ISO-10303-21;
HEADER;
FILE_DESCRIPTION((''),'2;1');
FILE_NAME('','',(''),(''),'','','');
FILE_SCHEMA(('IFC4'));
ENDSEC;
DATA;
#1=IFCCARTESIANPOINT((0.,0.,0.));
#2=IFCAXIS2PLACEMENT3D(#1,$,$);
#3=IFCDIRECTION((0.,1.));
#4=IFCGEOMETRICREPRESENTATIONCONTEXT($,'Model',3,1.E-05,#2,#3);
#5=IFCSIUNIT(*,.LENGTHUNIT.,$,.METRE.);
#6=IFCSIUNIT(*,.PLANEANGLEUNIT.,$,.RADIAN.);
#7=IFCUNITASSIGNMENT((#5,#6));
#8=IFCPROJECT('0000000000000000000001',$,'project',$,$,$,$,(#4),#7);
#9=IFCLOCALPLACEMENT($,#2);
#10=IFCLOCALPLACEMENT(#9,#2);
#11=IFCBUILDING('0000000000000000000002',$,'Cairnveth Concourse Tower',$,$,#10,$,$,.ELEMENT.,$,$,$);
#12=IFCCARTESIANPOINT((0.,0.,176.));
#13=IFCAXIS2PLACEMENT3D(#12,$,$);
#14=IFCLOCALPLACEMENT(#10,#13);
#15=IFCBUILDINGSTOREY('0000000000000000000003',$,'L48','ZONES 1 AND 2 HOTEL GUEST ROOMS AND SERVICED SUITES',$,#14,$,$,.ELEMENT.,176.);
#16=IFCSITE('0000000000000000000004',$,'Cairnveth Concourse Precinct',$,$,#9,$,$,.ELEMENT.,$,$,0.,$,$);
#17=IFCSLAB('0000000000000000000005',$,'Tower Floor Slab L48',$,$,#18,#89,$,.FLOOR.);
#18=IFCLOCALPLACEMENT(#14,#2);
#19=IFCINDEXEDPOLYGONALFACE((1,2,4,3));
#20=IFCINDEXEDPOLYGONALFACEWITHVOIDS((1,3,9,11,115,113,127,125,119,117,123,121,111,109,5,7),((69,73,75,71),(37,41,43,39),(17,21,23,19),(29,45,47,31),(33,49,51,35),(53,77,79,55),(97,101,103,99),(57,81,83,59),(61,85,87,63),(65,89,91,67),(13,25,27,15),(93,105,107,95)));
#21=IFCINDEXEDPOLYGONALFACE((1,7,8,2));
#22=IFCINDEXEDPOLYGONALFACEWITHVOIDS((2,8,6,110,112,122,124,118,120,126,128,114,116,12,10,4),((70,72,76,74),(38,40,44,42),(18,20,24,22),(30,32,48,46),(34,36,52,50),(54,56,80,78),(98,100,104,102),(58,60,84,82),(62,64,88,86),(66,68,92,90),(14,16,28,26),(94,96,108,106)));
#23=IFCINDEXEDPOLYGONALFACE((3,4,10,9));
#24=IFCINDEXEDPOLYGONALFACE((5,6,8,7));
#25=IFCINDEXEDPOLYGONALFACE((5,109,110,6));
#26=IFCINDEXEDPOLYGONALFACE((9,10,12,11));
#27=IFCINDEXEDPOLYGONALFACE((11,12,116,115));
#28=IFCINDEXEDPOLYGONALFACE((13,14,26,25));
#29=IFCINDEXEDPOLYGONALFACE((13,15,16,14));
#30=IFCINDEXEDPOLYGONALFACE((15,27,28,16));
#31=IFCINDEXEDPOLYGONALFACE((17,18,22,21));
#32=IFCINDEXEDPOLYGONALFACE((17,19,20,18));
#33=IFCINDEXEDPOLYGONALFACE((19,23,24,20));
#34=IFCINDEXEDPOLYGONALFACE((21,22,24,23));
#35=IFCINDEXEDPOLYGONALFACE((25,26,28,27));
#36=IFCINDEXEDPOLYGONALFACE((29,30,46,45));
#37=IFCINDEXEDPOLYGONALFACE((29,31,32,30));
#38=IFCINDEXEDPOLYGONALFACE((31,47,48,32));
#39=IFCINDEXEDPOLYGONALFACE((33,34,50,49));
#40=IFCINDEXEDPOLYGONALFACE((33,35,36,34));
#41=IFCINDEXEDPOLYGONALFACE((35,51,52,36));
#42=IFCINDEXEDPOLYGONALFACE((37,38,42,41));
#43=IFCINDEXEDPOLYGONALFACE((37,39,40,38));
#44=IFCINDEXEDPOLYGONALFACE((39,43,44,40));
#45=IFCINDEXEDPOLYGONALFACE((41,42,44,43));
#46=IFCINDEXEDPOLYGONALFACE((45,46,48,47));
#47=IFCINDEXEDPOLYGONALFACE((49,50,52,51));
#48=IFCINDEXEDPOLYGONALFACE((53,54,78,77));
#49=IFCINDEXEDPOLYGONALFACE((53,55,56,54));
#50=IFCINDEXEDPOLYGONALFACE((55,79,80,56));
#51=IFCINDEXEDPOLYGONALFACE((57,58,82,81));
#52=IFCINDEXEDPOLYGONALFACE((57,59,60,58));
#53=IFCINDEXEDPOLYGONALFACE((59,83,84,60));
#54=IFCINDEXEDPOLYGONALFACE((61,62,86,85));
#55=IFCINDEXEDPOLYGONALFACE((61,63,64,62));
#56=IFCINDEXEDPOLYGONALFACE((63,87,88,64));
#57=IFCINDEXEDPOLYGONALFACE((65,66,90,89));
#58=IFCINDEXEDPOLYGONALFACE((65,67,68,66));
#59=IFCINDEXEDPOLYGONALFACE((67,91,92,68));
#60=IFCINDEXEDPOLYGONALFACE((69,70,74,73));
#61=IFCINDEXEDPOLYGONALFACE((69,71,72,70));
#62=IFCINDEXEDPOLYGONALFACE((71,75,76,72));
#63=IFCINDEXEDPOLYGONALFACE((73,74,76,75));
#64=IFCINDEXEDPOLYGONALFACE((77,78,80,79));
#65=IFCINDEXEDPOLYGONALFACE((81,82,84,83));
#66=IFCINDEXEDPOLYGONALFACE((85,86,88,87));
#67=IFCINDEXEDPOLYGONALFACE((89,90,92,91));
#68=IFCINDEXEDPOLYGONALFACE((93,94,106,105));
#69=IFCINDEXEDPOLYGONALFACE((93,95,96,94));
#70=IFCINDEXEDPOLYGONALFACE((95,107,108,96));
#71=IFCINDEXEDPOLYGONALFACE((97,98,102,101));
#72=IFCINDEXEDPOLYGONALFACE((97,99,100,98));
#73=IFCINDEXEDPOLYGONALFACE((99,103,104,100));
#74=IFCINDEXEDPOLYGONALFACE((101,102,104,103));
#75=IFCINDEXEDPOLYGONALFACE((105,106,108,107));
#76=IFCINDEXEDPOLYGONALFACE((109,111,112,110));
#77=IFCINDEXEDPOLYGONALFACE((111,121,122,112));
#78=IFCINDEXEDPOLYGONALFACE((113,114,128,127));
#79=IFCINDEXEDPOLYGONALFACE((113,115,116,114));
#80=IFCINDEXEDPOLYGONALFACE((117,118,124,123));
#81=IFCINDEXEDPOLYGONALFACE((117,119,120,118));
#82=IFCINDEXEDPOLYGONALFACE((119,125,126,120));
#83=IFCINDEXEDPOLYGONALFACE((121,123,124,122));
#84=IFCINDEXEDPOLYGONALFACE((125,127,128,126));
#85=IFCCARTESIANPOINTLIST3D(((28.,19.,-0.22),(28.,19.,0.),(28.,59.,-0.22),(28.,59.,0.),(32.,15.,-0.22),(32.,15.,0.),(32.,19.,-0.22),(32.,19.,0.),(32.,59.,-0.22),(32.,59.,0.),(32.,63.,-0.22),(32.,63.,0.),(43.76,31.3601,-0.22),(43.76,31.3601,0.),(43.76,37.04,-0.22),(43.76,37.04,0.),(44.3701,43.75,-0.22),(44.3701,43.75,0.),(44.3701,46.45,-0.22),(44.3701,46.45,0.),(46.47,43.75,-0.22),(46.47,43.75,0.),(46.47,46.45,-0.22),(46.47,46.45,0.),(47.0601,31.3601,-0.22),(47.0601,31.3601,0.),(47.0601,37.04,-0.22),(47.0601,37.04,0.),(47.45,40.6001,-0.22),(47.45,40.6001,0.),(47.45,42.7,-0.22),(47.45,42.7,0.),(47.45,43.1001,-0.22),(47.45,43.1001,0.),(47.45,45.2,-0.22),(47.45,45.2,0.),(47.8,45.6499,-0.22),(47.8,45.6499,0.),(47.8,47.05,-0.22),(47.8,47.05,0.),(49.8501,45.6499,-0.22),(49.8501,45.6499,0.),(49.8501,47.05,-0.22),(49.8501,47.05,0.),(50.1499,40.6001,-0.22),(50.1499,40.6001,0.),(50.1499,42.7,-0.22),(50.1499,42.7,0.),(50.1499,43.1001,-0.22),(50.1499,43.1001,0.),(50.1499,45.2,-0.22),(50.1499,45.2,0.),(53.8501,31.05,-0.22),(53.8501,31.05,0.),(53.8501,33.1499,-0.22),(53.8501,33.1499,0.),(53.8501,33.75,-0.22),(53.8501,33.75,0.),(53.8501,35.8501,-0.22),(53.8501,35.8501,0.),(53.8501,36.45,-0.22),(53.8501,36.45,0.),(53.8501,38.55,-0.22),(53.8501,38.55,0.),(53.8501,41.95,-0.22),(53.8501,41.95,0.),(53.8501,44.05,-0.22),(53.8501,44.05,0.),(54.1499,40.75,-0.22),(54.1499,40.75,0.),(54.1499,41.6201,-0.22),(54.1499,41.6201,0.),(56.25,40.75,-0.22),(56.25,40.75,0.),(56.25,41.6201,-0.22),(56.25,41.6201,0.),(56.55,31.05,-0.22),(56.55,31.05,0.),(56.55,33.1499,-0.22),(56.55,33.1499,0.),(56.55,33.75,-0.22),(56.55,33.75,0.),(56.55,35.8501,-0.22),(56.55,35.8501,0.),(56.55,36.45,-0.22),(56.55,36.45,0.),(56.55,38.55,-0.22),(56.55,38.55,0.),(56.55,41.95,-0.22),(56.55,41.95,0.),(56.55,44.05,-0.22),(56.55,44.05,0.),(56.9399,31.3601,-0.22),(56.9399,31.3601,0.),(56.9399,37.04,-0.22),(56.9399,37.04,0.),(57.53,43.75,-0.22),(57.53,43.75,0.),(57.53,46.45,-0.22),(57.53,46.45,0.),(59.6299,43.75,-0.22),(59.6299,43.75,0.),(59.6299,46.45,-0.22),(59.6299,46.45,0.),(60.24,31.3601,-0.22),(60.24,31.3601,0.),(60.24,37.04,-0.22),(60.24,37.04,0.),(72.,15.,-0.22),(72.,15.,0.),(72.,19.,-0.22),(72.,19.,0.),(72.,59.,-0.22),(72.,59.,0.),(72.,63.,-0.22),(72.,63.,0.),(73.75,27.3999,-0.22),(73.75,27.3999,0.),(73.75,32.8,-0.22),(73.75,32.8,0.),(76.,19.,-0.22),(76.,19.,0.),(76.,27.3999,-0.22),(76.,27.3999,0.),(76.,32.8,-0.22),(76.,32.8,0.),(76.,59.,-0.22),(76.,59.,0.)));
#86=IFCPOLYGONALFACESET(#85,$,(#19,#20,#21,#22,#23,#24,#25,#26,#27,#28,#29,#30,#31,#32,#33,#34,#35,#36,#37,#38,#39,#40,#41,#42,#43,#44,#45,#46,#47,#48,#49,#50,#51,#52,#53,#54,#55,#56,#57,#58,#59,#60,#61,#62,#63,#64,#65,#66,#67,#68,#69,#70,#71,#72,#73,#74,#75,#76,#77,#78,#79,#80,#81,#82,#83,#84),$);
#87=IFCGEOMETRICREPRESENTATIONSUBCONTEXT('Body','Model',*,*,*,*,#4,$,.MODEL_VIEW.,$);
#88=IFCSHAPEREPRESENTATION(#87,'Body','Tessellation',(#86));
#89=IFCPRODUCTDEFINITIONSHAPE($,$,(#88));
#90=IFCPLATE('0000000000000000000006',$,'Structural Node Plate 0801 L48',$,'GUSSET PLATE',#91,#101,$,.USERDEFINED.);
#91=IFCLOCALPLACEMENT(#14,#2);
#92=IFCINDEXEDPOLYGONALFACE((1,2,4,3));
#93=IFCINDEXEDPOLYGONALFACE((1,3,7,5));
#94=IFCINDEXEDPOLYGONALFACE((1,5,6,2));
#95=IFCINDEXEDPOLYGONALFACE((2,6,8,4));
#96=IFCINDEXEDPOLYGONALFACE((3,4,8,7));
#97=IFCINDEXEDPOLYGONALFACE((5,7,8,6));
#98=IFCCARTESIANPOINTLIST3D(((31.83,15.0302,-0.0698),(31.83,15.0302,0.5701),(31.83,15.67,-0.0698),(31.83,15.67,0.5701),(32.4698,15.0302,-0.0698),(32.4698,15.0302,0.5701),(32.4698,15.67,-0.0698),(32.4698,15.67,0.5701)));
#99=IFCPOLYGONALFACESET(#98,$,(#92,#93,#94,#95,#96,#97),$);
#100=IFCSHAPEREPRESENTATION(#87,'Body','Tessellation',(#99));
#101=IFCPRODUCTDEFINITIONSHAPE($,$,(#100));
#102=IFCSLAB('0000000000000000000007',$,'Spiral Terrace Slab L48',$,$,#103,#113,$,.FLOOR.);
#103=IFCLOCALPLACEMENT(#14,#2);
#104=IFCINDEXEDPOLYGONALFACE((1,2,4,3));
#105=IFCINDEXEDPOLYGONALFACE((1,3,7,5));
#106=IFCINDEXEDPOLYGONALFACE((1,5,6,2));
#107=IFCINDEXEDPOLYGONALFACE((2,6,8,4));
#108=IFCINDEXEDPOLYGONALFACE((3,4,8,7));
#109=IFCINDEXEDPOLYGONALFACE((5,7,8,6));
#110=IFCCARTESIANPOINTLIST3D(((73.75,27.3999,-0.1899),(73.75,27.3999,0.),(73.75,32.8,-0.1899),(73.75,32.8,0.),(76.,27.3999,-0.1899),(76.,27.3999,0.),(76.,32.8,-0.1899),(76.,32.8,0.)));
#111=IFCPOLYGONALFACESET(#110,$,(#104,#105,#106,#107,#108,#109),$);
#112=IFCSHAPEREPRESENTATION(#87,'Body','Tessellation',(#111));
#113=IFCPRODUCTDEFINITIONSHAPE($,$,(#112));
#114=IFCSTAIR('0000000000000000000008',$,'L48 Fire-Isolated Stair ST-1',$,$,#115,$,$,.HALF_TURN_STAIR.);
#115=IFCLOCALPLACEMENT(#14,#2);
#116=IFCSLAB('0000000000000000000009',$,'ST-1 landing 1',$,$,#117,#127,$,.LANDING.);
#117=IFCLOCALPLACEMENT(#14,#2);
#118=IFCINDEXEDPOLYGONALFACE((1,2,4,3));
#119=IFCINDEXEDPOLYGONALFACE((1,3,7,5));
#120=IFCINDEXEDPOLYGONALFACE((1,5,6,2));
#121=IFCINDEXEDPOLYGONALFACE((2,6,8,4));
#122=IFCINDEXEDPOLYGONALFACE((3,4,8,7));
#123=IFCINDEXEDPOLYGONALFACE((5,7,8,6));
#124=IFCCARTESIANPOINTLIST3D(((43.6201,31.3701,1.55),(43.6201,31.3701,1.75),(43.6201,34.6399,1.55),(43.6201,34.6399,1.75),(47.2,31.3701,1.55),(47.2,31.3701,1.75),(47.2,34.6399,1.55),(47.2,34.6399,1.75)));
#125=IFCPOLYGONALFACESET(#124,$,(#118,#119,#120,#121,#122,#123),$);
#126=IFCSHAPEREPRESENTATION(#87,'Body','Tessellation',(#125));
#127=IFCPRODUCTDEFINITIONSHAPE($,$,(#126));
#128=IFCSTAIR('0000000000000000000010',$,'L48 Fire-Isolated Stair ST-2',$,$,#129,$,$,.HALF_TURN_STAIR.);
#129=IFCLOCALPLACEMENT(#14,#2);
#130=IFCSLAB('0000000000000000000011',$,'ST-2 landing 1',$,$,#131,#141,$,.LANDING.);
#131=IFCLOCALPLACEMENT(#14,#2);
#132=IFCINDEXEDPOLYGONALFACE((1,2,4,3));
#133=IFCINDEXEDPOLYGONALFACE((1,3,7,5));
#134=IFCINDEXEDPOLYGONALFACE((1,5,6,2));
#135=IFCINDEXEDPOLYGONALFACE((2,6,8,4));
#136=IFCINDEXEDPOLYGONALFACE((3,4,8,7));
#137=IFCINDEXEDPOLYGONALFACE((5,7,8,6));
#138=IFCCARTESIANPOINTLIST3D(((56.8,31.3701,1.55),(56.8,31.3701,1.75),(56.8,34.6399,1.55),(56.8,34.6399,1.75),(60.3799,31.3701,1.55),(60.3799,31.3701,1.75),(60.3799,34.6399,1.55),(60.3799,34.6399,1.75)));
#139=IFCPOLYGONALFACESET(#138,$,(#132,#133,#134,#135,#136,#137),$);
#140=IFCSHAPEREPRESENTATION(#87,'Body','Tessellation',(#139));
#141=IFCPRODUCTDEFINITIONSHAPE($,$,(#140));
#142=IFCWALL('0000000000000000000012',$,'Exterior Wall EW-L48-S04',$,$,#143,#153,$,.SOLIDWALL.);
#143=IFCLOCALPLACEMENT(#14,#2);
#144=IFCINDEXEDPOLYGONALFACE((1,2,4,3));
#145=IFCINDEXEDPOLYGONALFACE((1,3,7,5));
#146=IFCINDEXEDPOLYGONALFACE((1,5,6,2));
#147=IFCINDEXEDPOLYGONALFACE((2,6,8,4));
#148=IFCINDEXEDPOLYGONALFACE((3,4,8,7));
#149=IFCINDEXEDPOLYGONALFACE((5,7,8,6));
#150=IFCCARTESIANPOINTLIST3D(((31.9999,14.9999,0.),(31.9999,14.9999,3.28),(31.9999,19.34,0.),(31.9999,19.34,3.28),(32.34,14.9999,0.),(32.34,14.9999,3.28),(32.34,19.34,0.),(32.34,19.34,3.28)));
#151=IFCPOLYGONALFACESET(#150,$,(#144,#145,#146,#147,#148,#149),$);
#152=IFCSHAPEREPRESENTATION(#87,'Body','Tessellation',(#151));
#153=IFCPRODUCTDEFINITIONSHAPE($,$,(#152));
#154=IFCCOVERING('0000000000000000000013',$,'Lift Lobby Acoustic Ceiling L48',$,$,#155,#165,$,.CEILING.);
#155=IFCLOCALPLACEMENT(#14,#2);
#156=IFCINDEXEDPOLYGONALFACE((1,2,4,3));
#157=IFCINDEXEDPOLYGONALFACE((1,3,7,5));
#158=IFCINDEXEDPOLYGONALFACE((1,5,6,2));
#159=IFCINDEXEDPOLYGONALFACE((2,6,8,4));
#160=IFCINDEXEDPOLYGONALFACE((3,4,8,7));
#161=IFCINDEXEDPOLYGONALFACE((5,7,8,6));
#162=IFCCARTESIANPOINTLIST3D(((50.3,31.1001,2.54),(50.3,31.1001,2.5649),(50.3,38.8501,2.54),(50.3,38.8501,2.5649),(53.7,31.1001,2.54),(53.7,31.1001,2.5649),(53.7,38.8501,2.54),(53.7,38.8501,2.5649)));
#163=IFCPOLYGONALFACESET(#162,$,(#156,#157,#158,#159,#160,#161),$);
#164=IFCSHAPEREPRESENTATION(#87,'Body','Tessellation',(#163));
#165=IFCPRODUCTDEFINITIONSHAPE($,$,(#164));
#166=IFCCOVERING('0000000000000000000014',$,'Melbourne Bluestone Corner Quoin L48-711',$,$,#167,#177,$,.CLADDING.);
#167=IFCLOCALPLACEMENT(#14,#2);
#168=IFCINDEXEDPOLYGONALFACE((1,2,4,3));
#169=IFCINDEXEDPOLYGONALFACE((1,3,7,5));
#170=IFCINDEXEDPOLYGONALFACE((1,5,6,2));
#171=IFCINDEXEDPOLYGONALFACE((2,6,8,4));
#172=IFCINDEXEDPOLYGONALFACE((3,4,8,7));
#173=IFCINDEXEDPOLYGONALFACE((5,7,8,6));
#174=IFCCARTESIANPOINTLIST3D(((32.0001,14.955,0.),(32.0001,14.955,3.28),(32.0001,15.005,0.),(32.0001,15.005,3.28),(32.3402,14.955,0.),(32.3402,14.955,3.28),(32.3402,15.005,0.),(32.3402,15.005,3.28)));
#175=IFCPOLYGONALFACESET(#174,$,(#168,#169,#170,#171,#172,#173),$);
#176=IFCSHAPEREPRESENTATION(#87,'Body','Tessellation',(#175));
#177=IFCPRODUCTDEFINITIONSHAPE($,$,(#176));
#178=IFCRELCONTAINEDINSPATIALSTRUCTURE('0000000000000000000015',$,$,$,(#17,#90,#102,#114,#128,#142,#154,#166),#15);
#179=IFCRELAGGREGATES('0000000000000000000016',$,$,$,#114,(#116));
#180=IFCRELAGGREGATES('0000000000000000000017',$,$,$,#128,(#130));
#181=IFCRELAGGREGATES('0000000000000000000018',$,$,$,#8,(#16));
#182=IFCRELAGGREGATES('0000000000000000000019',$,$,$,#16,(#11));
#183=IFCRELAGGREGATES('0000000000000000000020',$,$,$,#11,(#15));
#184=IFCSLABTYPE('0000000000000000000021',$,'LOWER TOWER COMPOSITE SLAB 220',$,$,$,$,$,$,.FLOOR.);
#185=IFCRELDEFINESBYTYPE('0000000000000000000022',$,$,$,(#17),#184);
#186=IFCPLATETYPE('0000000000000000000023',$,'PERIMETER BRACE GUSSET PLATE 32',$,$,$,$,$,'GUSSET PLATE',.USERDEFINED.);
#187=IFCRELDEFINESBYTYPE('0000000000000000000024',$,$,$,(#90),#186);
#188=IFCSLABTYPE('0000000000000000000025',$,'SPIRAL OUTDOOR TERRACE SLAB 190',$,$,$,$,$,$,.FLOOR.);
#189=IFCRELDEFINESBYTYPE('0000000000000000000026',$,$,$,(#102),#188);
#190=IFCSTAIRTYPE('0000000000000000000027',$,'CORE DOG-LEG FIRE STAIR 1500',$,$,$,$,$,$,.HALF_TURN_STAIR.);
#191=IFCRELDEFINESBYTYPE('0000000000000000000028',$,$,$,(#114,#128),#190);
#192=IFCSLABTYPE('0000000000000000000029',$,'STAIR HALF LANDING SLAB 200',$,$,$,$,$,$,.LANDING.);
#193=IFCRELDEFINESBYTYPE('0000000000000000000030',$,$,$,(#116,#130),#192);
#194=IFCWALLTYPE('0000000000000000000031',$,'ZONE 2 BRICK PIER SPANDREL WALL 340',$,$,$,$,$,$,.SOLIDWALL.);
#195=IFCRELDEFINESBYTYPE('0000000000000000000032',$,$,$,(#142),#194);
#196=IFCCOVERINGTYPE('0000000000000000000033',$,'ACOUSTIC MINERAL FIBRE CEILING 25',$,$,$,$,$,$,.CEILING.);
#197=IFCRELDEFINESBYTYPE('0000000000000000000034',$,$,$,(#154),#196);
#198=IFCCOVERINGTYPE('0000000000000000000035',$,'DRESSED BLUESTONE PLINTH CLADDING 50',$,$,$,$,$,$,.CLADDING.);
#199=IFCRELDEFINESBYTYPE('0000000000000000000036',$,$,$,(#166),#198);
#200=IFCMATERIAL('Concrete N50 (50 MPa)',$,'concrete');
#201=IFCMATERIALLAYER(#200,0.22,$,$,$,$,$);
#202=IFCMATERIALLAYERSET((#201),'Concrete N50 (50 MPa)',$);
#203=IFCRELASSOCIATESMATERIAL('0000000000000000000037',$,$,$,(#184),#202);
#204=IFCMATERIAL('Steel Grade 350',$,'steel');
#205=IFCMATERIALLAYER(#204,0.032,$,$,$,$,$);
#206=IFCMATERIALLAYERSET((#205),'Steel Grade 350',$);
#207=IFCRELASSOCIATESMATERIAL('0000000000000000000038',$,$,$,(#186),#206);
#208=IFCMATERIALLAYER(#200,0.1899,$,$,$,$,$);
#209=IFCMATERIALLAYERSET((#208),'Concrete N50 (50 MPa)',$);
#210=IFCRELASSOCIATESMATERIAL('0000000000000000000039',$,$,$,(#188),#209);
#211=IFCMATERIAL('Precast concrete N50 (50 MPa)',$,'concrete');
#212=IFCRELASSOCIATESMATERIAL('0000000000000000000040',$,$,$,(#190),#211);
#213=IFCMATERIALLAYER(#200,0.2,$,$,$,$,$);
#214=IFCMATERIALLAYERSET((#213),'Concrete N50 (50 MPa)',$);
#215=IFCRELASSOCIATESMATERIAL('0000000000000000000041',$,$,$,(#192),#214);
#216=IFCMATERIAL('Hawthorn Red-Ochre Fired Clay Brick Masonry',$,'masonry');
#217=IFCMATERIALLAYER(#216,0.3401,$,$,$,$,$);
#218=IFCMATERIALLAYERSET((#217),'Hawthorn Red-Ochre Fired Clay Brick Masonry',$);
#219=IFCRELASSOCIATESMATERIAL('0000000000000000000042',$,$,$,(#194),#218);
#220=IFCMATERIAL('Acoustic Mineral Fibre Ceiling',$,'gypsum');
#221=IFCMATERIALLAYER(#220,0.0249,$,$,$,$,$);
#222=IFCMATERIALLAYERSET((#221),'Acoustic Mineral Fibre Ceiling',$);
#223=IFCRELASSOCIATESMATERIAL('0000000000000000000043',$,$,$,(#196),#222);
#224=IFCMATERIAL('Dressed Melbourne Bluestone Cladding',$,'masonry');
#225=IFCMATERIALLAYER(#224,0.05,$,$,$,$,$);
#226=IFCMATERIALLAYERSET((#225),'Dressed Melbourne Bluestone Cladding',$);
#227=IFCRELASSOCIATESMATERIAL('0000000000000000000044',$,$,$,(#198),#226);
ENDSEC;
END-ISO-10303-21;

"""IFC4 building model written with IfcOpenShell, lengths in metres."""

from ifc_helpers import new_model, si_unit, direction, frame, frame_2d, origin, origin_2d, place, context, subcontext, project, spatial, polyline, rectangle, outline, extrude, material, layer, layer_set, type_object, element, aggregate, save


model = new_model("IFC4")

# Units and contexts
model_context = context("Model", 3, precision=1e-05, world=origin(), true_north=direction((0.0, 1.0)))
body_context = subcontext(model_context, "Body", "Model", "MODEL_VIEW")
ifc_project = project(units=[si_unit("LENGTHUNIT", "METRE"), si_unit("PLANEANGLEUNIT", "RADIAN")], contexts=[model_context])

# Site, building, storey
site_placement = place(None, origin())
site = spatial("IfcSite", under=ifc_project, at=site_placement, Name="Cairnveth Concourse Precinct", CompositionType="ELEMENT", RefElevation=0.0)
building_placement = place(site_placement, origin())
building = spatial("IfcBuilding", under=site, at=building_placement, Name="Cairnveth Concourse Tower", CompositionType="ELEMENT")
storey_placement = place(building_placement, frame((0.0, 0.0, 176.0)))
storey = spatial("IfcBuildingStorey", under=building, at=storey_placement, Name="L48", Description="ZONES 1 AND 2 HOTEL GUEST ROOMS AND SERVICED SUITES", CompositionType="ELEMENT", Elevation=176.0)

# Shared definitions
ifc_material_1 = material(Name="Steel Grade 350", Category="steel")

# Slab
ifc_material_2 = material(Name="Concrete N50 (50 MPa)", Category="concrete")
ifc_layer_1 = layer(ifc_material_2, 0.22)
ifc_layer_set_1 = layer_set([ifc_layer_1], Name="Concrete N50 (50 MPa)")
slab_type_1 = type_object("IfcSlabType", Name="LOWER TOWER COMPOSITE SLAB 220", PredefinedType="FLOOR", material=ifc_layer_set_1)
slab_1_placement = place(storey_placement, frame((0.0, 0.0, -0.22)))
element("IfcSlab", 1, at=slab_1_placement, inside=storey, type_object=slab_type_1, Name="Tower Floor Slab L48", PredefinedType="FLOOR", context=body_context, shape_type="SweptSolid", body=[
    extrude(outline(polyline([(76.0, 27.3999), (73.75, 27.3999), (73.75, 32.8), (76.0, 32.8), (76.0, 59.0), (72.0, 59.0), (72.0, 63.0), (32.0, 63.0), (32.0, 59.0), (28.0, 59.0), (28.0, 19.0), (32.0, 19.0), (32.0, 15.0), (72.0, 15.0), (72.0, 19.0), (76.0, 19.0), (76.0, 27.3999)]), holes=[polyline([(43.76, 31.3601), (47.0601, 31.3601), (47.0601, 37.04), (43.76, 37.04), (43.76, 31.3601)]), polyline([(56.9399, 31.3601), (60.24, 31.3601), (60.24, 37.04), (56.9399, 37.04), (56.9399, 31.3601)]), polyline([(44.3701, 43.75), (46.47, 43.75), (46.47, 46.45), (44.3701, 46.45), (44.3701, 43.75)]), polyline([(57.53, 43.75), (59.6299, 43.75), (59.6299, 46.45), (57.53, 46.45), (57.53, 43.75)]), polyline([(53.8501, 31.05), (56.55, 31.05), (56.55, 33.1499), (53.8501, 33.1499), (53.8501, 31.05)]), polyline([(53.8501, 33.75), (56.55, 33.75), (56.55, 35.8501), (53.8501, 35.8501), (53.8501, 33.75)]), polyline([(53.8501, 36.45), (56.55, 36.45), (56.55, 38.55), (53.8501, 38.55), (53.8501, 36.45)]), polyline([(47.45, 40.6001), (50.1499, 40.6001), (50.1499, 42.7), (47.45, 42.7), (47.45, 40.6001)]), polyline([(47.45, 43.1001), (50.1499, 43.1001), (50.1499, 45.2), (47.45, 45.2), (47.45, 43.1001)]), polyline([(53.8501, 41.95), (56.55, 41.95), (56.55, 44.05), (53.8501, 44.05), (53.8501, 41.95)]), polyline([(47.8, 45.6499), (49.8501, 45.6499), (49.8501, 47.05), (47.8, 47.05), (47.8, 45.6499)]), polyline([(54.1499, 40.75), (56.25, 40.75), (56.25, 41.6201), (54.1499, 41.6201), (54.1499, 40.75)])]), origin(), (0.0, 0.0, 1.0), 0.22),
])

# Plate
ifc_layer_2 = layer(ifc_material_1, 0.032)
ifc_layer_set_2 = layer_set([ifc_layer_2], Name="Steel Grade 350")
plate_type = type_object("IfcPlateType", Name="PERIMETER BRACE GUSSET PLATE 32", ElementType="GUSSET PLATE", PredefinedType="USERDEFINED", material=ifc_layer_set_2)
plate_placement = place(storey_placement, frame((32.1499, 15.3501, -0.0698), z_axis=(0.0, 0.0, 1.0), x_axis=(1.0, 0.0, 0.0)))
element("IfcPlate", 2, at=plate_placement, inside=storey, type_object=plate_type, Name="Structural Node Plate 0801 L48", ObjectType="GUSSET PLATE", PredefinedType="USERDEFINED", context=body_context, shape_type="SweptSolid", body=[
    extrude(rectangle(XDim=0.6399, YDim=0.6399, at=origin_2d()), origin(), (0.0, 0.0, 1.0), 0.6399),
])

# Slab
ifc_layer_3 = layer(ifc_material_2, 0.1899)
ifc_layer_set_3 = layer_set([ifc_layer_3], Name="Concrete N50 (50 MPa)")
slab_type_2 = type_object("IfcSlabType", Name="SPIRAL OUTDOOR TERRACE SLAB 190", PredefinedType="FLOOR", material=ifc_layer_set_3)
slab_2_placement = place(storey_placement, frame((0.0, 0.0, -0.1899)))
element("IfcSlab", 3, at=slab_2_placement, inside=storey, type_object=slab_type_2, Name="Spiral Terrace Slab L48", PredefinedType="FLOOR", context=body_context, shape_type="SweptSolid", body=[
    extrude(outline(polyline([(73.75, 27.3999), (76.0, 27.3999), (76.0, 32.8), (73.75, 32.8), (73.75, 27.3999)])), origin(), (0.0, 0.0, 1.0), 0.1899),
])

# Stairs, slabs
ifc_material_3 = material(Name="Precast concrete N50 (50 MPa)", Category="concrete")
stair_type = type_object("IfcStairType", Name="CORE DOG-LEG FIRE STAIR 1500", PredefinedType="HALF_TURN_STAIR", material=ifc_material_3)
stair_1_placement = place(storey_placement, origin())
stair_1 = element("IfcStair", 4, at=stair_1_placement, inside=storey, type_object=stair_type, Name="L48 Fire-Isolated Stair ST-1", PredefinedType="HALF_TURN_STAIR")
ifc_layer_4 = layer(ifc_material_2, 0.2)
ifc_layer_set_4 = layer_set([ifc_layer_4], Name="Concrete N50 (50 MPa)")
slab_type_3 = type_object("IfcSlabType", Name="STAIR HALF LANDING SLAB 200", PredefinedType="LANDING", material=ifc_layer_set_4)
slab_3_placement = place(storey_placement, frame((0.0, 0.0, 1.55)))
slab_3 = element("IfcSlab", 5, at=slab_3_placement, type_object=slab_type_3, Name="ST-1 landing 1", PredefinedType="LANDING", context=body_context, shape_type="SweptSolid", body=[
    extrude(outline(polyline([(43.6201, 34.6399), (43.6201, 31.3701), (47.2, 31.3701), (47.2, 34.6399), (43.6201, 34.6399)])), origin(), (0.0, 0.0, 1.0), 0.2),
])
aggregate(stair_1, [slab_3])
stair_2_placement = place(storey_placement, origin())
stair_2 = element("IfcStair", 6, at=stair_2_placement, inside=storey, type_object=stair_type, Name="L48 Fire-Isolated Stair ST-2", PredefinedType="HALF_TURN_STAIR")
slab_4_placement = place(storey_placement, frame((0.0, 0.0, 1.55)))
slab_4 = element("IfcSlab", 7, at=slab_4_placement, type_object=slab_type_3, Name="ST-2 landing 1", PredefinedType="LANDING", context=body_context, shape_type="SweptSolid", body=[
    extrude(outline(polyline([(56.8, 34.6399), (56.8, 31.3701), (60.3799, 31.3701), (60.3799, 34.6399), (56.8, 34.6399)])), origin(), (0.0, 0.0, 1.0), 0.2),
])
aggregate(stair_2, [slab_4])

# Wall
ifc_material_4 = material(Name="Hawthorn Red-Ochre Fired Clay Brick Masonry", Category="masonry")
ifc_layer_5 = layer(ifc_material_4, 0.3401)
ifc_layer_set_5 = layer_set([ifc_layer_5], Name="Hawthorn Red-Ochre Fired Clay Brick Masonry")
wall_type = type_object("IfcWallType", Name="ZONE 2 BRICK PIER SPANDREL WALL 340", PredefinedType="SOLIDWALL", material=ifc_layer_set_5)
wall_1_placement = place(storey_placement, frame((32.1699, 15.0, 0.0), z_axis=(0.0, 0.0, 1.0), x_axis=(0.0, 1.0, 0.0)))
element("IfcWall", 8, at=wall_1_placement, inside=storey, type_object=wall_type, Name="Exterior Wall EW-L48-S04", PredefinedType="SOLIDWALL", context=body_context, shape_type="SweptSolid", body=[
    extrude(rectangle(XDim=4.3401, YDim=0.3401, at=frame_2d((2.1699, 0.0))), origin(), (0.0, 0.0, 1.0), 3.28),
])

# Coverings
ifc_material_5 = material(Name="Acoustic Mineral Fibre Ceiling", Category="gypsum")
ifc_layer_6 = layer(ifc_material_5, 0.0249)
ifc_layer_set_6 = layer_set([ifc_layer_6], Name="Acoustic Mineral Fibre Ceiling")
covering_type_1 = type_object("IfcCoveringType", Name="ACOUSTIC MINERAL FIBRE CEILING 25", PredefinedType="CEILING", material=ifc_layer_set_6)
covering_1_placement = place(storey_placement, frame((0.0, 0.0, 2.54)))
element("IfcCovering", 9, at=covering_1_placement, inside=storey, type_object=covering_type_1, Name="Lift Lobby Acoustic Ceiling L48", PredefinedType="CEILING", context=body_context, shape_type="SweptSolid", body=[
    extrude(outline(polyline([(50.3, 31.1001), (53.7, 31.1001), (53.7, 38.8501), (50.3, 38.8501), (50.3, 31.1001)])), origin(), (0.0, 0.0, 1.0), 0.0249),
])
ifc_material_6 = material(Name="Dressed Melbourne Bluestone Cladding", Category="masonry")
ifc_layer_7 = layer(ifc_material_6, 0.05)
ifc_layer_set_7 = layer_set([ifc_layer_7], Name="Dressed Melbourne Bluestone Cladding")
covering_type_2 = type_object("IfcCoveringType", Name="DRESSED BLUESTONE PLINTH CLADDING 50", PredefinedType="CLADDING", material=ifc_layer_set_7)
for number, where, z_axis, x_axis, name in (
    (10, (32.3401, 14.98, 0.0), (0.0, 0.0, 1.0), (-1.0, 0.0, 0.0), "Melbourne Bluestone Corner Quoin L48-711"),
):
    element("IfcCovering", number, at=place(storey_placement, frame(where, z_axis=z_axis, x_axis=x_axis)), inside=storey, type_object=covering_type_2, Name=name, PredefinedType="CLADDING", context=body_context, shape_type="SweptSolid", body=[
        extrude(rectangle(XDim=0.3401, YDim=0.05, at=frame_2d((0.1699, 0.0))), origin(), (0.0, 0.0, 1.0), 3.28),
    ])

save(model, "model.ifc")
